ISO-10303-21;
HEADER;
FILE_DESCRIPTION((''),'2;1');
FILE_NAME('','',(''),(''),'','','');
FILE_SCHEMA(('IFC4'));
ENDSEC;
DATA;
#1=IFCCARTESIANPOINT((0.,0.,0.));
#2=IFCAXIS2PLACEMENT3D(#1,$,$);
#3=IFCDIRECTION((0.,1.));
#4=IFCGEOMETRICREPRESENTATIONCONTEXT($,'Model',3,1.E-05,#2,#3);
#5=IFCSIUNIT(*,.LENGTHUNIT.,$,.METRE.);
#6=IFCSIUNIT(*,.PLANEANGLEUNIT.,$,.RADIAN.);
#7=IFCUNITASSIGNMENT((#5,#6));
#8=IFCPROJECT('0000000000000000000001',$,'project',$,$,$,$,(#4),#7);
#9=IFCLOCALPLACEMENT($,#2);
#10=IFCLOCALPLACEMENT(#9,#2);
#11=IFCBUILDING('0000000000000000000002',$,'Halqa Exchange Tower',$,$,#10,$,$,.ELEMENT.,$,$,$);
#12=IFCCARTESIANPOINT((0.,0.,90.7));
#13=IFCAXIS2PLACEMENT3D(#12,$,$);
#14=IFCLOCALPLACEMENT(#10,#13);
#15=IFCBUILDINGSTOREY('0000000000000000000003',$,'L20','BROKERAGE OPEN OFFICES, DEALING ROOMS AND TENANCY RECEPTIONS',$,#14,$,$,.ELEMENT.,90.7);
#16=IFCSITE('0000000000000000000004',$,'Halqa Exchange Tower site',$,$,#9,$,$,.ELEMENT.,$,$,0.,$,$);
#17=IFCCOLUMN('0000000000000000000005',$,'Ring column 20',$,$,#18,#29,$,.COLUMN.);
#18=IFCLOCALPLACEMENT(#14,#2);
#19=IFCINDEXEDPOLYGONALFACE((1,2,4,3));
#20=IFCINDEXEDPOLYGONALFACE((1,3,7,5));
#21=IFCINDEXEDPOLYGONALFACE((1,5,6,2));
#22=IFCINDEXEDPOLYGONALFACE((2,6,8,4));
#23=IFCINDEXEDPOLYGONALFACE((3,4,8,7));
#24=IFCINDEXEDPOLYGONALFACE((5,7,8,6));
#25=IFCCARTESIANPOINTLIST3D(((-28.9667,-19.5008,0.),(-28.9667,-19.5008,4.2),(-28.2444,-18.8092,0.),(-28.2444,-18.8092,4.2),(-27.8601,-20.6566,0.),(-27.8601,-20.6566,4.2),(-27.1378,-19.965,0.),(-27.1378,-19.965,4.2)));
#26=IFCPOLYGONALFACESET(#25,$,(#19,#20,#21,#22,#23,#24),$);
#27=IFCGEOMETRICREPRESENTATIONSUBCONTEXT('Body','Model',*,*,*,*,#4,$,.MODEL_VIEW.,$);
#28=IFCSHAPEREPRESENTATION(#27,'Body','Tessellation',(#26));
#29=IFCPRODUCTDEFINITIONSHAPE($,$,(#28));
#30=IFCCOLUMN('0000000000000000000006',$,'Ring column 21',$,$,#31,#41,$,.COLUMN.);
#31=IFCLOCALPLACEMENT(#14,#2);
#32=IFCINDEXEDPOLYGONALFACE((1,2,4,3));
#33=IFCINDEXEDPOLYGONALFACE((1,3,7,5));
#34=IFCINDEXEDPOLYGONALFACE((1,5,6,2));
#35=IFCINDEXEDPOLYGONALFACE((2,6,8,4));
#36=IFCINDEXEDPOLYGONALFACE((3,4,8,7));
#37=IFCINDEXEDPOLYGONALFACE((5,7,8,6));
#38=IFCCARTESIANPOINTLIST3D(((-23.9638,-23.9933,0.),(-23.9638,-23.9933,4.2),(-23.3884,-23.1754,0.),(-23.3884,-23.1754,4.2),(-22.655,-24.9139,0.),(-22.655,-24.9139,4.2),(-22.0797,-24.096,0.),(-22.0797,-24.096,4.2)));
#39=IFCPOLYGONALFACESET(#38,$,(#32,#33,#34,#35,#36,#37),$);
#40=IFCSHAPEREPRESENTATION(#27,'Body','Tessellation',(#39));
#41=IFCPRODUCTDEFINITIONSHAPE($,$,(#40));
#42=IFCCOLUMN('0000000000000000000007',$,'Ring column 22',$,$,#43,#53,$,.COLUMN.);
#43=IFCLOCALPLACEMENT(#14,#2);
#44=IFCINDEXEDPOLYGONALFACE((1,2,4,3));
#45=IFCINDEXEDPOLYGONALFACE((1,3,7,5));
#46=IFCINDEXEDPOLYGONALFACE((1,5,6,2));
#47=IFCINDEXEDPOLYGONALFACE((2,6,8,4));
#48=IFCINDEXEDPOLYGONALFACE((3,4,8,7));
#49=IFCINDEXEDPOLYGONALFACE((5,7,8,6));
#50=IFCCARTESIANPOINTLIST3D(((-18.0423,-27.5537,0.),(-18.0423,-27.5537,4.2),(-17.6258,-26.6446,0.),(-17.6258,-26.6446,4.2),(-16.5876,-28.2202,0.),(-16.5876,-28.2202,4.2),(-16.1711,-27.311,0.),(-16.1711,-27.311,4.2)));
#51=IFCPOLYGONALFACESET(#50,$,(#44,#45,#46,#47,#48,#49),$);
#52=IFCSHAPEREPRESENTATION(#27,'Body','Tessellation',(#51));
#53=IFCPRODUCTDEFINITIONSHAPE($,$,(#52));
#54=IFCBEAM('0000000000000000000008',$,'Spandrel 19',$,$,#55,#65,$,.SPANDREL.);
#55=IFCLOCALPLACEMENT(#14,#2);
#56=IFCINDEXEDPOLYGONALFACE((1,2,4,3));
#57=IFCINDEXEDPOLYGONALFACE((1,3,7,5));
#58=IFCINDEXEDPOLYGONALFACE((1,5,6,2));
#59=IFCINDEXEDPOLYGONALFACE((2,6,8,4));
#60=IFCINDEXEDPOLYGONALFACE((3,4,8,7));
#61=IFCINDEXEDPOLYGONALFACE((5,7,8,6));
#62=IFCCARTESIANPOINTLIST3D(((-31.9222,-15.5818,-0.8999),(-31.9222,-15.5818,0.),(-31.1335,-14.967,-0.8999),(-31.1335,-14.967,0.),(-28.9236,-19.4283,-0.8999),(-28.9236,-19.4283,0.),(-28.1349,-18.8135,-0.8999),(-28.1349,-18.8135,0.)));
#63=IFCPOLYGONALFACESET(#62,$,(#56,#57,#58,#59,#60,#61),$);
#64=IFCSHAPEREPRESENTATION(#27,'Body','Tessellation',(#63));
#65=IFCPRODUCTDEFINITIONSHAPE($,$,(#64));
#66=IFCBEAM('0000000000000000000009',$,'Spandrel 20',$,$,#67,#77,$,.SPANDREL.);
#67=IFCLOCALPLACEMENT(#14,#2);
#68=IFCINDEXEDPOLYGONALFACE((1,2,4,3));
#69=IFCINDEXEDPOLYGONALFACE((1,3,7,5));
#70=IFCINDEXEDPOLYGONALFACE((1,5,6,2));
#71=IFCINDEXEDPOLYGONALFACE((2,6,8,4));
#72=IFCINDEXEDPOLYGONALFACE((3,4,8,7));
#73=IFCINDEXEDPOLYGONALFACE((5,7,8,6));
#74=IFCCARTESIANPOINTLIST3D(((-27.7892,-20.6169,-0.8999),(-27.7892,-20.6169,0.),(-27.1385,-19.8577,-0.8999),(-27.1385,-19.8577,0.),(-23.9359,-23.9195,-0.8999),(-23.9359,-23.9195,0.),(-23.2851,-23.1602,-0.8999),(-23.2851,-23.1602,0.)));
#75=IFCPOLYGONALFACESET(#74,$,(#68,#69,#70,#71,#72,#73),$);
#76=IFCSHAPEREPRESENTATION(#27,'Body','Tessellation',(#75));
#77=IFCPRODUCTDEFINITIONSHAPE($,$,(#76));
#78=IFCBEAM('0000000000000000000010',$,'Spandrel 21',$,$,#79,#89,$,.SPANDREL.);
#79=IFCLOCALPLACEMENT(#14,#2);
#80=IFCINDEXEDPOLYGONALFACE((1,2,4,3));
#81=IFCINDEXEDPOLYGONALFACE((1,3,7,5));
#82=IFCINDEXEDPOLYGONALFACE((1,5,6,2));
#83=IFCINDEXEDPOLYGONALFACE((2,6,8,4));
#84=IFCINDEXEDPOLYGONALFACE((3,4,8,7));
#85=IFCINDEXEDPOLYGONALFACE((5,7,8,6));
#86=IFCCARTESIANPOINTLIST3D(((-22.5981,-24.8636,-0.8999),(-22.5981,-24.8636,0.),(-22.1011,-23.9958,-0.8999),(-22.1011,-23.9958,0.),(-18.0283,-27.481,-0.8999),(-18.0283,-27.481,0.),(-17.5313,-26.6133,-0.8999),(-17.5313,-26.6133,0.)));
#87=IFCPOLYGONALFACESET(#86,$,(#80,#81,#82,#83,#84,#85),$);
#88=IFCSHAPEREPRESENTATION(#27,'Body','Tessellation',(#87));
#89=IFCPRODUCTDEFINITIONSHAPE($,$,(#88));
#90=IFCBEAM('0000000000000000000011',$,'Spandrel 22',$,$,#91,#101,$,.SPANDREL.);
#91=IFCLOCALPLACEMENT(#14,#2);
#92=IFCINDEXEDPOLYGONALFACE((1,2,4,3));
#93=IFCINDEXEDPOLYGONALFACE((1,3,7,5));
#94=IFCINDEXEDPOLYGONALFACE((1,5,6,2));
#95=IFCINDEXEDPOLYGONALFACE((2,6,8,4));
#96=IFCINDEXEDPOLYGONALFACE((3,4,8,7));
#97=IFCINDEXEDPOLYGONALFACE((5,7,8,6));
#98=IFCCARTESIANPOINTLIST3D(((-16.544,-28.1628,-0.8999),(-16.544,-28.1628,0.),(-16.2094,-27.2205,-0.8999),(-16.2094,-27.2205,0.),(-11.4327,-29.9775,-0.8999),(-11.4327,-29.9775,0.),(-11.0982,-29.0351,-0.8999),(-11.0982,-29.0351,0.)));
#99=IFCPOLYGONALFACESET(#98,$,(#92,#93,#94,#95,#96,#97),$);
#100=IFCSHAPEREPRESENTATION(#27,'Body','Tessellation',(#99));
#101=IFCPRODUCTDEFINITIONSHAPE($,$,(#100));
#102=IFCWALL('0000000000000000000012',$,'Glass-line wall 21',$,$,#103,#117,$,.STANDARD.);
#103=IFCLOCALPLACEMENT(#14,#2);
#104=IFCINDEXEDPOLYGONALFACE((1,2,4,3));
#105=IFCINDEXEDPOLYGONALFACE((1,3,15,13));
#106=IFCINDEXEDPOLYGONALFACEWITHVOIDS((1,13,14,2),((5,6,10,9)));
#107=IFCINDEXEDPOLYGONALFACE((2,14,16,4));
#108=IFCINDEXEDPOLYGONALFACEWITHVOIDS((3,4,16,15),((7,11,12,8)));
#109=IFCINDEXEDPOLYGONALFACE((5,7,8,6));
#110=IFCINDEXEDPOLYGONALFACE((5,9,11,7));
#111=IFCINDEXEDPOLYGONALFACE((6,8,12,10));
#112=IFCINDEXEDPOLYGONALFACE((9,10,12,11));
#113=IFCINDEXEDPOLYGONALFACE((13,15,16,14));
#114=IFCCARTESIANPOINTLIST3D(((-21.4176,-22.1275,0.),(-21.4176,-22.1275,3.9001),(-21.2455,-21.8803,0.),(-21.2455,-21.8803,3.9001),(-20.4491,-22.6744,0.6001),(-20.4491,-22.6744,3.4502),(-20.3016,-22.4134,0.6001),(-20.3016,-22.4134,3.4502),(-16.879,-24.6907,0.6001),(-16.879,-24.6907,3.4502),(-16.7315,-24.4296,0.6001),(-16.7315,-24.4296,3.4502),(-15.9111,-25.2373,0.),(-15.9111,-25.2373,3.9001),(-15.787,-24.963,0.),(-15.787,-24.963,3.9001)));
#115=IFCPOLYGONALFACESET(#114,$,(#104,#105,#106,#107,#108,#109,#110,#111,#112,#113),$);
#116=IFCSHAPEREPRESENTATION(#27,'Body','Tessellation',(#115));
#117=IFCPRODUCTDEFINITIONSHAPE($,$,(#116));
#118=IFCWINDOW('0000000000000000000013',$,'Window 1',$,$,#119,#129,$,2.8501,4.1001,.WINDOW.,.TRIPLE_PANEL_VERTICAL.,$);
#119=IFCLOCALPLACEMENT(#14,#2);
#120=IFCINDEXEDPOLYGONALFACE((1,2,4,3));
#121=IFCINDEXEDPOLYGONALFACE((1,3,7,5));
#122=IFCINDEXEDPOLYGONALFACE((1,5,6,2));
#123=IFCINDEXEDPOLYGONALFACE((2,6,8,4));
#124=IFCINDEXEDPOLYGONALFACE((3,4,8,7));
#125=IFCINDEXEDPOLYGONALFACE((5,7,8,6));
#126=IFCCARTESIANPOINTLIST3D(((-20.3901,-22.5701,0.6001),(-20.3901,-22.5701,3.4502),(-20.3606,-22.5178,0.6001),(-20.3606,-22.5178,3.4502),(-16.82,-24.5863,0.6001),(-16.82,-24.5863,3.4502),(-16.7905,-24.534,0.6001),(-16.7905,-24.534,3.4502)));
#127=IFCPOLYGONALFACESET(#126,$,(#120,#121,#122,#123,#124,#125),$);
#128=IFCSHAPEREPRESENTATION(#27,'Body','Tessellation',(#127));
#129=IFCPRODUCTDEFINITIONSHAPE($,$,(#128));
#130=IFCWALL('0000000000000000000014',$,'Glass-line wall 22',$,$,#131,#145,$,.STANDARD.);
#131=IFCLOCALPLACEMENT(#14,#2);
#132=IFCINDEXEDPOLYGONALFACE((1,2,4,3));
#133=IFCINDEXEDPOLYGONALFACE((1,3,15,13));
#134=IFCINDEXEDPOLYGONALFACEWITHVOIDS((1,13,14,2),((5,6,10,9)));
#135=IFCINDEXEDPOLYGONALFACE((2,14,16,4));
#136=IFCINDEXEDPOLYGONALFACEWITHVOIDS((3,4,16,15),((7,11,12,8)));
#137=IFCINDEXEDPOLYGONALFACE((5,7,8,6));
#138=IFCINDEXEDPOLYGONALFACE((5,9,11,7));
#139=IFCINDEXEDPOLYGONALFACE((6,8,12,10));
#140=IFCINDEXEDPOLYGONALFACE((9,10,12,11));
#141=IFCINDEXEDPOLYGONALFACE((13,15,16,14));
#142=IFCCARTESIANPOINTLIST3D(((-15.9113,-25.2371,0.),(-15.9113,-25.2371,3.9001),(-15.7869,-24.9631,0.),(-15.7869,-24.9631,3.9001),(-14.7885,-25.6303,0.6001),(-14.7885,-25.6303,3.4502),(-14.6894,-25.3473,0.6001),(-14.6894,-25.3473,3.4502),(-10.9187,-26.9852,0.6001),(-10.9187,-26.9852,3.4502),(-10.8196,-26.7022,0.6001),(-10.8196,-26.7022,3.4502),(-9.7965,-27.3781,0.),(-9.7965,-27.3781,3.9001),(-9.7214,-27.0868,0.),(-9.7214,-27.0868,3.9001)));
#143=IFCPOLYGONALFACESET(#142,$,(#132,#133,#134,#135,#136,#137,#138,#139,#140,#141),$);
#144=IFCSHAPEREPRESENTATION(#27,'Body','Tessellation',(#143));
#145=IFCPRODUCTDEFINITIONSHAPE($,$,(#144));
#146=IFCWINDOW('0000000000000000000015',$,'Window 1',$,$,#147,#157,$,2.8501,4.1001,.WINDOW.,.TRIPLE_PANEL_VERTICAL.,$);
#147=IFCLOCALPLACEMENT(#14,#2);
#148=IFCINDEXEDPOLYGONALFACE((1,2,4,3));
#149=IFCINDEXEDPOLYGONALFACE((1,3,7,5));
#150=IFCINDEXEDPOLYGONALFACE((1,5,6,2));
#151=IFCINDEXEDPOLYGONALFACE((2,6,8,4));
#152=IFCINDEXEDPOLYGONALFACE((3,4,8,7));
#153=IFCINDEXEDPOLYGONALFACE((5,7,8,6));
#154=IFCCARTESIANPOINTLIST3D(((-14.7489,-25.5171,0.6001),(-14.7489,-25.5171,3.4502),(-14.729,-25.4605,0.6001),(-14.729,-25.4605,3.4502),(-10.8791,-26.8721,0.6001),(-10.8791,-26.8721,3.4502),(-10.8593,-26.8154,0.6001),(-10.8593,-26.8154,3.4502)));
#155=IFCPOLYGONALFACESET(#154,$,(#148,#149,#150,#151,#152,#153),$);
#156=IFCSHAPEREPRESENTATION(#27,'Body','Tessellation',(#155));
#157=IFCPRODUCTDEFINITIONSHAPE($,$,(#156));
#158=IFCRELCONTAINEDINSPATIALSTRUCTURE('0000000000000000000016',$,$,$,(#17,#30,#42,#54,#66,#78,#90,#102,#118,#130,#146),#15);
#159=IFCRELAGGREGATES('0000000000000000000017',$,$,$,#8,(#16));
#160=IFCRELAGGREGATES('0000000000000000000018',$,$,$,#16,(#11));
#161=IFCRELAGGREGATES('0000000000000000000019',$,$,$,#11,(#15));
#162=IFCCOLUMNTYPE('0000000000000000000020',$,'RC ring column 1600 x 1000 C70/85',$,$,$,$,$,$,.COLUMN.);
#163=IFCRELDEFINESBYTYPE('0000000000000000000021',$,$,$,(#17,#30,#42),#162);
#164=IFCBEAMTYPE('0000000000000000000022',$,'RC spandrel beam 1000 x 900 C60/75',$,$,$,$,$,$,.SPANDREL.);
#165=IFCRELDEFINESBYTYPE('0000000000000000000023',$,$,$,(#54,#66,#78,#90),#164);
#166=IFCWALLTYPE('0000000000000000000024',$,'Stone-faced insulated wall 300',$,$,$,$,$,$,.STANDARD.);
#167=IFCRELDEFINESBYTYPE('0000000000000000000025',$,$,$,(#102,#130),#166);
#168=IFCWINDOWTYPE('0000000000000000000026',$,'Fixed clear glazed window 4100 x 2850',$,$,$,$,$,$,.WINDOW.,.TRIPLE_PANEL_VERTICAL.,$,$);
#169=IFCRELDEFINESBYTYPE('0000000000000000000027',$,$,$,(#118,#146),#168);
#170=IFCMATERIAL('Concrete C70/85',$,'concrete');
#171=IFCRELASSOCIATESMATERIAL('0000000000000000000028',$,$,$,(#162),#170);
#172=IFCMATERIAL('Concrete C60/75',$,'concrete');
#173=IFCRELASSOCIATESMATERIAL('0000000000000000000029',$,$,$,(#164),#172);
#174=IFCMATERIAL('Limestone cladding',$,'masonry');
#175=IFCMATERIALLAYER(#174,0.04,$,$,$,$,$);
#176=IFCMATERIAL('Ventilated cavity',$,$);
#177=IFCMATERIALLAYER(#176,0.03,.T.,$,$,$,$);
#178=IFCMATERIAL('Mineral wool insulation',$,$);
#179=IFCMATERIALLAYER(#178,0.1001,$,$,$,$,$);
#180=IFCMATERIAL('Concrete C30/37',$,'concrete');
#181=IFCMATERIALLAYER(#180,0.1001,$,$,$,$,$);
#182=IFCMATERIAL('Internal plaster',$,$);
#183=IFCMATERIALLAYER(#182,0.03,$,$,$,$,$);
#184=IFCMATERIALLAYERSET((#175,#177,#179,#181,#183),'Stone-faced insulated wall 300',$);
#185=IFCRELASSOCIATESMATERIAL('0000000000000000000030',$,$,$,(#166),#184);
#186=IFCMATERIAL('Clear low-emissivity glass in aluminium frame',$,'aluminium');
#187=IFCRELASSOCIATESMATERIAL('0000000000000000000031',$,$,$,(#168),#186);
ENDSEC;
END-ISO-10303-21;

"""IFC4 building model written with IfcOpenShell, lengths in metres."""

from ifc_helpers import new_model, si_unit, direction, frame, frame_2d, origin, origin_2d, place, context, subcontext, project, spatial, polyline, rectangle, outline, extrude, material, layer, layer_set, material_profile, profile_set, type_object, element, fill, save


model = new_model("IFC4")

# Units and contexts
model_context = context("Model", 3, precision=1e-05, world=origin(), true_north=direction((0.0, 1.0)))
body_context = subcontext(model_context, "Body", "Model", "MODEL_VIEW")
ifc_project = project(units=[si_unit("LENGTHUNIT", "METRE"), si_unit("PLANEANGLEUNIT", "RADIAN")], contexts=[model_context])

# Site, building, storey
site_placement = place(None, origin())
site = spatial("IfcSite", under=ifc_project, at=site_placement, Name="Halqa Exchange Tower site", CompositionType="ELEMENT", RefElevation=0.0)
building_placement = place(site_placement, origin())
building = spatial("IfcBuilding", under=site, at=building_placement, Name="Halqa Exchange Tower", CompositionType="ELEMENT")
storey_placement = place(building_placement, frame((0.0, 0.0, 90.7)))
storey = spatial("IfcBuildingStorey", under=building, at=storey_placement, Name="L20", Description="BROKERAGE OPEN OFFICES, DEALING ROOMS AND TENANCY RECEPTIONS", CompositionType="ELEMENT", Elevation=90.7)

# Columns
ifc_material_1 = material(Name="Concrete C70/85", Category="concrete")
ifc_material_profile_1 = material_profile(ifc_material_1, rectangle(XDim=1.6001, YDim=1.0, at=origin_2d()), Name="1600 x 1000")
ifc_profile_set_1 = profile_set([ifc_material_profile_1], Name="Concrete C70/85")
column_type = type_object("IfcColumnType", Name="RC ring column 1600 x 1000 C70/85", PredefinedType="COLUMN", material=ifc_profile_set_1)
for number, where, z_axis, x_axis, name in (
    (1, (-28.0522, -19.7329, 0.0), (0.0, 0.0, 1.0), (0.691576, -0.722304, 0.0), "Ring column 20"),
    (2, (-23.0217, -24.0447, 0.0), (0.0, 0.0, 1.0), (0.817909, -0.575348, 0.0), "Ring column 21"),
    (3, (-17.1067, -27.4324, 0.0), (0.0, 0.0, 1.0), (0.909126, -0.41652, 0.0), "Ring column 22"),
):
    element("IfcColumn", number, at=place(storey_placement, frame(where, z_axis=z_axis, x_axis=x_axis)), inside=storey, type_object=column_type, Name=name, PredefinedType="COLUMN", context=body_context, shape_type="SweptSolid", body=[
        extrude(rectangle(XDim=1.6001, YDim=1.0, at=origin_2d()), origin(), (0.0, 0.0, 1.0), 4.2),
    ])

# Beams
ifc_material_2 = material(Name="Concrete C60/75", Category="concrete")
ifc_material_profile_2 = material_profile(ifc_material_2, rectangle(XDim=1.0, YDim=0.8999, at=origin_2d()), Name="1000 x 900")
ifc_profile_set_2 = profile_set([ifc_material_profile_2], Name="Concrete C60/75")
beam_type = type_object("IfcBeamType", Name="RC spandrel beam 1000 x 900 C60/75", PredefinedType="SPANDREL", material=ifc_profile_set_2)
beam_1_placement = place(storey_placement, frame((-31.5278, -15.2744, -0.45), z_axis=(0.614817, -0.78867, 0.0), x_axis=(0.78867, 0.614817, 0.0)))
element("IfcBeam", 4, at=beam_1_placement, inside=storey, type_object=beam_type, Name="Spandrel 19", PredefinedType="SPANDREL", context=body_context, shape_type="SweptSolid", body=[
    extrude(rectangle(XDim=1.0, YDim=0.8999, at=origin_2d()), origin(), (0.0, 0.0, 1.0), 4.8772),
])
beam_2_placement = place(storey_placement, frame((-27.4639, -20.2373, -0.45), z_axis=(0.759287, -0.650756, 0.0), x_axis=(0.650756, 0.759287, 0.0)))
element("IfcBeam", 5, at=beam_2_placement, inside=storey, type_object=beam_type, Name="Spandrel 20", PredefinedType="SPANDREL", context=body_context, shape_type="SweptSolid", body=[
    extrude(rectangle(XDim=1.0, YDim=0.8999, at=origin_2d()), origin(), (0.0, 0.0, 1.0), 5.075),
])
beam_3_placement = place(storey_placement, frame((-22.3496, -24.4297, -0.45), z_axis=(0.867743, -0.497012, 0.0), x_axis=(0.497012, 0.867743, 0.0)))
element("IfcBeam", 6, at=beam_3_placement, inside=storey, type_object=beam_type, Name="Spandrel 21", PredefinedType="SPANDREL", context=body_context, shape_type="SweptSolid", body=[
    extrude(rectangle(XDim=1.0, YDim=0.8999, at=origin_2d()), origin(), (0.0, 0.0, 1.0), 5.2664),
])
beam_4_placement = place(storey_placement, frame((-16.3767, -27.6917, -0.45), z_axis=(0.94237, -0.334574, 0.0), x_axis=(0.334574, 0.94237, 0.0)))
element("IfcBeam", 7, at=beam_4_placement, inside=storey, type_object=beam_type, Name="Spandrel 22", PredefinedType="SPANDREL", context=body_context, shape_type="SweptSolid", body=[
    extrude(rectangle(XDim=1.0, YDim=0.8999, at=origin_2d()), origin(), (0.0, 0.0, 1.0), 5.4238),
])

# Shared definitions
ifc_material_3 = material(Name="Limestone cladding", Category="masonry")
ifc_layer_1 = layer(ifc_material_3, 0.04)
ifc_material_4 = material(Name="Ventilated cavity")
ifc_layer_2 = layer(ifc_material_4, 0.03, ventilated=True)
ifc_material_5 = material(Name="Mineral wool insulation")
ifc_layer_3 = layer(ifc_material_5, 0.1001)
ifc_material_6 = material(Name="Concrete C30/37", Category="concrete")
ifc_layer_4 = layer(ifc_material_6, 0.1001)
ifc_material_7 = material(Name="Internal plaster")
ifc_layer_5 = layer(ifc_material_7, 0.03)
ifc_layer_set_1 = layer_set([ifc_layer_1, ifc_layer_2, ifc_layer_3, ifc_layer_4, ifc_layer_5], Name="Stone-faced insulated wall 300")
wall_type_1 = type_object("IfcWallType", Name="Stone-faced insulated wall 300", PredefinedType="STANDARD", material=ifc_layer_set_1)
ifc_material_8 = material(Name="Clear low-emissivity glass in aluminium frame", Category="aluminium")

# Walls, openings, windows
wall_1_placement = place(storey_placement, frame((-21.3315, -22.0039, 0.0), z_axis=(0.0, 0.0, 1.0), x_axis=(0.870738, -0.491748, 0.0)))
wall_1 = element("IfcWall", 8, at=wall_1_placement, inside=storey, type_object=wall_type_1, Name="Glass-line wall 21", PredefinedType="STANDARD", context=body_context, shape_type="SweptSolid", body=[
    extrude(outline(polyline([(-0.0142, -0.1499), (6.3098, -0.1499), (6.283, 0.1499), (0.0142, 0.1499), (-0.0142, -0.1499)])), origin(), (0.0, 0.0, 1.0), 3.9001),
])
opening_1_placement = place(wall_1_placement, frame((1.0981, 0.0, 0.6001)))
opening_1 = element("IfcOpeningElement", 9, at=opening_1_placement, cuts=wall_1, PredefinedType="OPENING", context=body_context, shape_type="SweptSolid", body=[
    extrude(rectangle(XDim=4.1001, YDim=2.8501, at=frame_2d((2.05, 1.425))), frame((0.0, 0.1621, 0.0), z_axis=(0.0, -1.0, 0.0), x_axis=(1.0, 0.0, 0.0)), (0.0, 0.0, 1.0), 0.324),
])
window_type = type_object("IfcWindowType", Name="Fixed clear glazed window 4100 x 2850", PartitioningType="TRIPLE_PANEL_VERTICAL", PredefinedType="WINDOW", material=ifc_material_8)
window_1_placement = place(opening_1_placement, origin())
window_1 = element("IfcWindow", 10, at=window_1_placement, inside=storey, type_object=window_type, Name="Window 1", OverallHeight=2.8501, OverallWidth=4.1001, PartitioningType="TRIPLE_PANEL_VERTICAL", PredefinedType="WINDOW", context=body_context, shape_type="SweptSolid", body=[
    extrude(rectangle(XDim=4.1001, YDim=2.8501, at=frame_2d((2.05, 1.425))), frame((0.0, 0.03, 0.0), z_axis=(0.0, -1.0, 0.0), x_axis=(1.0, 0.0, 0.0)), (0.0, 0.0, 1.0), 0.0601),
])
fill(opening_1, window_1)
wall_2_placement = place(storey_placement, frame((-15.8491, -25.1001, 0.0), z_axis=(0.0, 0.0, 1.0), x_axis=(0.94382, -0.33046, 0.0)))
wall_2 = element("IfcWall", 11, at=wall_2_placement, inside=storey, type_object=wall_type_1, Name="Glass-line wall 22", PredefinedType="STANDARD", context=body_context, shape_type="SweptSolid", body=[
    extrude(outline(polyline([(-0.0134, -0.1499), (6.4653, -0.1499), (6.4399, 0.1499), (0.0134, 0.1499), (-0.0134, -0.1499)])), origin(), (0.0, 0.0, 1.0), 3.9001),
])
opening_2_placement = place(wall_2_placement, frame((1.1763, 0.0, 0.6001)))
opening_2 = element("IfcOpeningElement", 12, at=opening_2_placement, cuts=wall_2, PredefinedType="OPENING", context=body_context, shape_type="SweptSolid", body=[
    extrude(rectangle(XDim=4.1001, YDim=2.8501, at=frame_2d((2.05, 1.425))), frame((0.0, 0.1621, 0.0), z_axis=(0.0, -1.0, 0.0), x_axis=(1.0, 0.0, 0.0)), (0.0, 0.0, 1.0), 0.324),
])
window_2_placement = place(opening_2_placement, origin())
window_2 = element("IfcWindow", 13, at=window_2_placement, inside=storey, type_object=window_type, Name="Window 1", OverallHeight=2.8501, OverallWidth=4.1001, PartitioningType="TRIPLE_PANEL_VERTICAL", PredefinedType="WINDOW", context=body_context, shape_type="SweptSolid", body=[
    extrude(rectangle(XDim=4.1001, YDim=2.8501, at=frame_2d((2.05, 1.425))), frame((0.0, 0.03, 0.0), z_axis=(0.0, -1.0, 0.0), x_axis=(1.0, 0.0, 0.0)), (0.0, 0.0, 1.0), 0.0601),
])
fill(opening_2, window_2)

save(model, "model.ifc")
